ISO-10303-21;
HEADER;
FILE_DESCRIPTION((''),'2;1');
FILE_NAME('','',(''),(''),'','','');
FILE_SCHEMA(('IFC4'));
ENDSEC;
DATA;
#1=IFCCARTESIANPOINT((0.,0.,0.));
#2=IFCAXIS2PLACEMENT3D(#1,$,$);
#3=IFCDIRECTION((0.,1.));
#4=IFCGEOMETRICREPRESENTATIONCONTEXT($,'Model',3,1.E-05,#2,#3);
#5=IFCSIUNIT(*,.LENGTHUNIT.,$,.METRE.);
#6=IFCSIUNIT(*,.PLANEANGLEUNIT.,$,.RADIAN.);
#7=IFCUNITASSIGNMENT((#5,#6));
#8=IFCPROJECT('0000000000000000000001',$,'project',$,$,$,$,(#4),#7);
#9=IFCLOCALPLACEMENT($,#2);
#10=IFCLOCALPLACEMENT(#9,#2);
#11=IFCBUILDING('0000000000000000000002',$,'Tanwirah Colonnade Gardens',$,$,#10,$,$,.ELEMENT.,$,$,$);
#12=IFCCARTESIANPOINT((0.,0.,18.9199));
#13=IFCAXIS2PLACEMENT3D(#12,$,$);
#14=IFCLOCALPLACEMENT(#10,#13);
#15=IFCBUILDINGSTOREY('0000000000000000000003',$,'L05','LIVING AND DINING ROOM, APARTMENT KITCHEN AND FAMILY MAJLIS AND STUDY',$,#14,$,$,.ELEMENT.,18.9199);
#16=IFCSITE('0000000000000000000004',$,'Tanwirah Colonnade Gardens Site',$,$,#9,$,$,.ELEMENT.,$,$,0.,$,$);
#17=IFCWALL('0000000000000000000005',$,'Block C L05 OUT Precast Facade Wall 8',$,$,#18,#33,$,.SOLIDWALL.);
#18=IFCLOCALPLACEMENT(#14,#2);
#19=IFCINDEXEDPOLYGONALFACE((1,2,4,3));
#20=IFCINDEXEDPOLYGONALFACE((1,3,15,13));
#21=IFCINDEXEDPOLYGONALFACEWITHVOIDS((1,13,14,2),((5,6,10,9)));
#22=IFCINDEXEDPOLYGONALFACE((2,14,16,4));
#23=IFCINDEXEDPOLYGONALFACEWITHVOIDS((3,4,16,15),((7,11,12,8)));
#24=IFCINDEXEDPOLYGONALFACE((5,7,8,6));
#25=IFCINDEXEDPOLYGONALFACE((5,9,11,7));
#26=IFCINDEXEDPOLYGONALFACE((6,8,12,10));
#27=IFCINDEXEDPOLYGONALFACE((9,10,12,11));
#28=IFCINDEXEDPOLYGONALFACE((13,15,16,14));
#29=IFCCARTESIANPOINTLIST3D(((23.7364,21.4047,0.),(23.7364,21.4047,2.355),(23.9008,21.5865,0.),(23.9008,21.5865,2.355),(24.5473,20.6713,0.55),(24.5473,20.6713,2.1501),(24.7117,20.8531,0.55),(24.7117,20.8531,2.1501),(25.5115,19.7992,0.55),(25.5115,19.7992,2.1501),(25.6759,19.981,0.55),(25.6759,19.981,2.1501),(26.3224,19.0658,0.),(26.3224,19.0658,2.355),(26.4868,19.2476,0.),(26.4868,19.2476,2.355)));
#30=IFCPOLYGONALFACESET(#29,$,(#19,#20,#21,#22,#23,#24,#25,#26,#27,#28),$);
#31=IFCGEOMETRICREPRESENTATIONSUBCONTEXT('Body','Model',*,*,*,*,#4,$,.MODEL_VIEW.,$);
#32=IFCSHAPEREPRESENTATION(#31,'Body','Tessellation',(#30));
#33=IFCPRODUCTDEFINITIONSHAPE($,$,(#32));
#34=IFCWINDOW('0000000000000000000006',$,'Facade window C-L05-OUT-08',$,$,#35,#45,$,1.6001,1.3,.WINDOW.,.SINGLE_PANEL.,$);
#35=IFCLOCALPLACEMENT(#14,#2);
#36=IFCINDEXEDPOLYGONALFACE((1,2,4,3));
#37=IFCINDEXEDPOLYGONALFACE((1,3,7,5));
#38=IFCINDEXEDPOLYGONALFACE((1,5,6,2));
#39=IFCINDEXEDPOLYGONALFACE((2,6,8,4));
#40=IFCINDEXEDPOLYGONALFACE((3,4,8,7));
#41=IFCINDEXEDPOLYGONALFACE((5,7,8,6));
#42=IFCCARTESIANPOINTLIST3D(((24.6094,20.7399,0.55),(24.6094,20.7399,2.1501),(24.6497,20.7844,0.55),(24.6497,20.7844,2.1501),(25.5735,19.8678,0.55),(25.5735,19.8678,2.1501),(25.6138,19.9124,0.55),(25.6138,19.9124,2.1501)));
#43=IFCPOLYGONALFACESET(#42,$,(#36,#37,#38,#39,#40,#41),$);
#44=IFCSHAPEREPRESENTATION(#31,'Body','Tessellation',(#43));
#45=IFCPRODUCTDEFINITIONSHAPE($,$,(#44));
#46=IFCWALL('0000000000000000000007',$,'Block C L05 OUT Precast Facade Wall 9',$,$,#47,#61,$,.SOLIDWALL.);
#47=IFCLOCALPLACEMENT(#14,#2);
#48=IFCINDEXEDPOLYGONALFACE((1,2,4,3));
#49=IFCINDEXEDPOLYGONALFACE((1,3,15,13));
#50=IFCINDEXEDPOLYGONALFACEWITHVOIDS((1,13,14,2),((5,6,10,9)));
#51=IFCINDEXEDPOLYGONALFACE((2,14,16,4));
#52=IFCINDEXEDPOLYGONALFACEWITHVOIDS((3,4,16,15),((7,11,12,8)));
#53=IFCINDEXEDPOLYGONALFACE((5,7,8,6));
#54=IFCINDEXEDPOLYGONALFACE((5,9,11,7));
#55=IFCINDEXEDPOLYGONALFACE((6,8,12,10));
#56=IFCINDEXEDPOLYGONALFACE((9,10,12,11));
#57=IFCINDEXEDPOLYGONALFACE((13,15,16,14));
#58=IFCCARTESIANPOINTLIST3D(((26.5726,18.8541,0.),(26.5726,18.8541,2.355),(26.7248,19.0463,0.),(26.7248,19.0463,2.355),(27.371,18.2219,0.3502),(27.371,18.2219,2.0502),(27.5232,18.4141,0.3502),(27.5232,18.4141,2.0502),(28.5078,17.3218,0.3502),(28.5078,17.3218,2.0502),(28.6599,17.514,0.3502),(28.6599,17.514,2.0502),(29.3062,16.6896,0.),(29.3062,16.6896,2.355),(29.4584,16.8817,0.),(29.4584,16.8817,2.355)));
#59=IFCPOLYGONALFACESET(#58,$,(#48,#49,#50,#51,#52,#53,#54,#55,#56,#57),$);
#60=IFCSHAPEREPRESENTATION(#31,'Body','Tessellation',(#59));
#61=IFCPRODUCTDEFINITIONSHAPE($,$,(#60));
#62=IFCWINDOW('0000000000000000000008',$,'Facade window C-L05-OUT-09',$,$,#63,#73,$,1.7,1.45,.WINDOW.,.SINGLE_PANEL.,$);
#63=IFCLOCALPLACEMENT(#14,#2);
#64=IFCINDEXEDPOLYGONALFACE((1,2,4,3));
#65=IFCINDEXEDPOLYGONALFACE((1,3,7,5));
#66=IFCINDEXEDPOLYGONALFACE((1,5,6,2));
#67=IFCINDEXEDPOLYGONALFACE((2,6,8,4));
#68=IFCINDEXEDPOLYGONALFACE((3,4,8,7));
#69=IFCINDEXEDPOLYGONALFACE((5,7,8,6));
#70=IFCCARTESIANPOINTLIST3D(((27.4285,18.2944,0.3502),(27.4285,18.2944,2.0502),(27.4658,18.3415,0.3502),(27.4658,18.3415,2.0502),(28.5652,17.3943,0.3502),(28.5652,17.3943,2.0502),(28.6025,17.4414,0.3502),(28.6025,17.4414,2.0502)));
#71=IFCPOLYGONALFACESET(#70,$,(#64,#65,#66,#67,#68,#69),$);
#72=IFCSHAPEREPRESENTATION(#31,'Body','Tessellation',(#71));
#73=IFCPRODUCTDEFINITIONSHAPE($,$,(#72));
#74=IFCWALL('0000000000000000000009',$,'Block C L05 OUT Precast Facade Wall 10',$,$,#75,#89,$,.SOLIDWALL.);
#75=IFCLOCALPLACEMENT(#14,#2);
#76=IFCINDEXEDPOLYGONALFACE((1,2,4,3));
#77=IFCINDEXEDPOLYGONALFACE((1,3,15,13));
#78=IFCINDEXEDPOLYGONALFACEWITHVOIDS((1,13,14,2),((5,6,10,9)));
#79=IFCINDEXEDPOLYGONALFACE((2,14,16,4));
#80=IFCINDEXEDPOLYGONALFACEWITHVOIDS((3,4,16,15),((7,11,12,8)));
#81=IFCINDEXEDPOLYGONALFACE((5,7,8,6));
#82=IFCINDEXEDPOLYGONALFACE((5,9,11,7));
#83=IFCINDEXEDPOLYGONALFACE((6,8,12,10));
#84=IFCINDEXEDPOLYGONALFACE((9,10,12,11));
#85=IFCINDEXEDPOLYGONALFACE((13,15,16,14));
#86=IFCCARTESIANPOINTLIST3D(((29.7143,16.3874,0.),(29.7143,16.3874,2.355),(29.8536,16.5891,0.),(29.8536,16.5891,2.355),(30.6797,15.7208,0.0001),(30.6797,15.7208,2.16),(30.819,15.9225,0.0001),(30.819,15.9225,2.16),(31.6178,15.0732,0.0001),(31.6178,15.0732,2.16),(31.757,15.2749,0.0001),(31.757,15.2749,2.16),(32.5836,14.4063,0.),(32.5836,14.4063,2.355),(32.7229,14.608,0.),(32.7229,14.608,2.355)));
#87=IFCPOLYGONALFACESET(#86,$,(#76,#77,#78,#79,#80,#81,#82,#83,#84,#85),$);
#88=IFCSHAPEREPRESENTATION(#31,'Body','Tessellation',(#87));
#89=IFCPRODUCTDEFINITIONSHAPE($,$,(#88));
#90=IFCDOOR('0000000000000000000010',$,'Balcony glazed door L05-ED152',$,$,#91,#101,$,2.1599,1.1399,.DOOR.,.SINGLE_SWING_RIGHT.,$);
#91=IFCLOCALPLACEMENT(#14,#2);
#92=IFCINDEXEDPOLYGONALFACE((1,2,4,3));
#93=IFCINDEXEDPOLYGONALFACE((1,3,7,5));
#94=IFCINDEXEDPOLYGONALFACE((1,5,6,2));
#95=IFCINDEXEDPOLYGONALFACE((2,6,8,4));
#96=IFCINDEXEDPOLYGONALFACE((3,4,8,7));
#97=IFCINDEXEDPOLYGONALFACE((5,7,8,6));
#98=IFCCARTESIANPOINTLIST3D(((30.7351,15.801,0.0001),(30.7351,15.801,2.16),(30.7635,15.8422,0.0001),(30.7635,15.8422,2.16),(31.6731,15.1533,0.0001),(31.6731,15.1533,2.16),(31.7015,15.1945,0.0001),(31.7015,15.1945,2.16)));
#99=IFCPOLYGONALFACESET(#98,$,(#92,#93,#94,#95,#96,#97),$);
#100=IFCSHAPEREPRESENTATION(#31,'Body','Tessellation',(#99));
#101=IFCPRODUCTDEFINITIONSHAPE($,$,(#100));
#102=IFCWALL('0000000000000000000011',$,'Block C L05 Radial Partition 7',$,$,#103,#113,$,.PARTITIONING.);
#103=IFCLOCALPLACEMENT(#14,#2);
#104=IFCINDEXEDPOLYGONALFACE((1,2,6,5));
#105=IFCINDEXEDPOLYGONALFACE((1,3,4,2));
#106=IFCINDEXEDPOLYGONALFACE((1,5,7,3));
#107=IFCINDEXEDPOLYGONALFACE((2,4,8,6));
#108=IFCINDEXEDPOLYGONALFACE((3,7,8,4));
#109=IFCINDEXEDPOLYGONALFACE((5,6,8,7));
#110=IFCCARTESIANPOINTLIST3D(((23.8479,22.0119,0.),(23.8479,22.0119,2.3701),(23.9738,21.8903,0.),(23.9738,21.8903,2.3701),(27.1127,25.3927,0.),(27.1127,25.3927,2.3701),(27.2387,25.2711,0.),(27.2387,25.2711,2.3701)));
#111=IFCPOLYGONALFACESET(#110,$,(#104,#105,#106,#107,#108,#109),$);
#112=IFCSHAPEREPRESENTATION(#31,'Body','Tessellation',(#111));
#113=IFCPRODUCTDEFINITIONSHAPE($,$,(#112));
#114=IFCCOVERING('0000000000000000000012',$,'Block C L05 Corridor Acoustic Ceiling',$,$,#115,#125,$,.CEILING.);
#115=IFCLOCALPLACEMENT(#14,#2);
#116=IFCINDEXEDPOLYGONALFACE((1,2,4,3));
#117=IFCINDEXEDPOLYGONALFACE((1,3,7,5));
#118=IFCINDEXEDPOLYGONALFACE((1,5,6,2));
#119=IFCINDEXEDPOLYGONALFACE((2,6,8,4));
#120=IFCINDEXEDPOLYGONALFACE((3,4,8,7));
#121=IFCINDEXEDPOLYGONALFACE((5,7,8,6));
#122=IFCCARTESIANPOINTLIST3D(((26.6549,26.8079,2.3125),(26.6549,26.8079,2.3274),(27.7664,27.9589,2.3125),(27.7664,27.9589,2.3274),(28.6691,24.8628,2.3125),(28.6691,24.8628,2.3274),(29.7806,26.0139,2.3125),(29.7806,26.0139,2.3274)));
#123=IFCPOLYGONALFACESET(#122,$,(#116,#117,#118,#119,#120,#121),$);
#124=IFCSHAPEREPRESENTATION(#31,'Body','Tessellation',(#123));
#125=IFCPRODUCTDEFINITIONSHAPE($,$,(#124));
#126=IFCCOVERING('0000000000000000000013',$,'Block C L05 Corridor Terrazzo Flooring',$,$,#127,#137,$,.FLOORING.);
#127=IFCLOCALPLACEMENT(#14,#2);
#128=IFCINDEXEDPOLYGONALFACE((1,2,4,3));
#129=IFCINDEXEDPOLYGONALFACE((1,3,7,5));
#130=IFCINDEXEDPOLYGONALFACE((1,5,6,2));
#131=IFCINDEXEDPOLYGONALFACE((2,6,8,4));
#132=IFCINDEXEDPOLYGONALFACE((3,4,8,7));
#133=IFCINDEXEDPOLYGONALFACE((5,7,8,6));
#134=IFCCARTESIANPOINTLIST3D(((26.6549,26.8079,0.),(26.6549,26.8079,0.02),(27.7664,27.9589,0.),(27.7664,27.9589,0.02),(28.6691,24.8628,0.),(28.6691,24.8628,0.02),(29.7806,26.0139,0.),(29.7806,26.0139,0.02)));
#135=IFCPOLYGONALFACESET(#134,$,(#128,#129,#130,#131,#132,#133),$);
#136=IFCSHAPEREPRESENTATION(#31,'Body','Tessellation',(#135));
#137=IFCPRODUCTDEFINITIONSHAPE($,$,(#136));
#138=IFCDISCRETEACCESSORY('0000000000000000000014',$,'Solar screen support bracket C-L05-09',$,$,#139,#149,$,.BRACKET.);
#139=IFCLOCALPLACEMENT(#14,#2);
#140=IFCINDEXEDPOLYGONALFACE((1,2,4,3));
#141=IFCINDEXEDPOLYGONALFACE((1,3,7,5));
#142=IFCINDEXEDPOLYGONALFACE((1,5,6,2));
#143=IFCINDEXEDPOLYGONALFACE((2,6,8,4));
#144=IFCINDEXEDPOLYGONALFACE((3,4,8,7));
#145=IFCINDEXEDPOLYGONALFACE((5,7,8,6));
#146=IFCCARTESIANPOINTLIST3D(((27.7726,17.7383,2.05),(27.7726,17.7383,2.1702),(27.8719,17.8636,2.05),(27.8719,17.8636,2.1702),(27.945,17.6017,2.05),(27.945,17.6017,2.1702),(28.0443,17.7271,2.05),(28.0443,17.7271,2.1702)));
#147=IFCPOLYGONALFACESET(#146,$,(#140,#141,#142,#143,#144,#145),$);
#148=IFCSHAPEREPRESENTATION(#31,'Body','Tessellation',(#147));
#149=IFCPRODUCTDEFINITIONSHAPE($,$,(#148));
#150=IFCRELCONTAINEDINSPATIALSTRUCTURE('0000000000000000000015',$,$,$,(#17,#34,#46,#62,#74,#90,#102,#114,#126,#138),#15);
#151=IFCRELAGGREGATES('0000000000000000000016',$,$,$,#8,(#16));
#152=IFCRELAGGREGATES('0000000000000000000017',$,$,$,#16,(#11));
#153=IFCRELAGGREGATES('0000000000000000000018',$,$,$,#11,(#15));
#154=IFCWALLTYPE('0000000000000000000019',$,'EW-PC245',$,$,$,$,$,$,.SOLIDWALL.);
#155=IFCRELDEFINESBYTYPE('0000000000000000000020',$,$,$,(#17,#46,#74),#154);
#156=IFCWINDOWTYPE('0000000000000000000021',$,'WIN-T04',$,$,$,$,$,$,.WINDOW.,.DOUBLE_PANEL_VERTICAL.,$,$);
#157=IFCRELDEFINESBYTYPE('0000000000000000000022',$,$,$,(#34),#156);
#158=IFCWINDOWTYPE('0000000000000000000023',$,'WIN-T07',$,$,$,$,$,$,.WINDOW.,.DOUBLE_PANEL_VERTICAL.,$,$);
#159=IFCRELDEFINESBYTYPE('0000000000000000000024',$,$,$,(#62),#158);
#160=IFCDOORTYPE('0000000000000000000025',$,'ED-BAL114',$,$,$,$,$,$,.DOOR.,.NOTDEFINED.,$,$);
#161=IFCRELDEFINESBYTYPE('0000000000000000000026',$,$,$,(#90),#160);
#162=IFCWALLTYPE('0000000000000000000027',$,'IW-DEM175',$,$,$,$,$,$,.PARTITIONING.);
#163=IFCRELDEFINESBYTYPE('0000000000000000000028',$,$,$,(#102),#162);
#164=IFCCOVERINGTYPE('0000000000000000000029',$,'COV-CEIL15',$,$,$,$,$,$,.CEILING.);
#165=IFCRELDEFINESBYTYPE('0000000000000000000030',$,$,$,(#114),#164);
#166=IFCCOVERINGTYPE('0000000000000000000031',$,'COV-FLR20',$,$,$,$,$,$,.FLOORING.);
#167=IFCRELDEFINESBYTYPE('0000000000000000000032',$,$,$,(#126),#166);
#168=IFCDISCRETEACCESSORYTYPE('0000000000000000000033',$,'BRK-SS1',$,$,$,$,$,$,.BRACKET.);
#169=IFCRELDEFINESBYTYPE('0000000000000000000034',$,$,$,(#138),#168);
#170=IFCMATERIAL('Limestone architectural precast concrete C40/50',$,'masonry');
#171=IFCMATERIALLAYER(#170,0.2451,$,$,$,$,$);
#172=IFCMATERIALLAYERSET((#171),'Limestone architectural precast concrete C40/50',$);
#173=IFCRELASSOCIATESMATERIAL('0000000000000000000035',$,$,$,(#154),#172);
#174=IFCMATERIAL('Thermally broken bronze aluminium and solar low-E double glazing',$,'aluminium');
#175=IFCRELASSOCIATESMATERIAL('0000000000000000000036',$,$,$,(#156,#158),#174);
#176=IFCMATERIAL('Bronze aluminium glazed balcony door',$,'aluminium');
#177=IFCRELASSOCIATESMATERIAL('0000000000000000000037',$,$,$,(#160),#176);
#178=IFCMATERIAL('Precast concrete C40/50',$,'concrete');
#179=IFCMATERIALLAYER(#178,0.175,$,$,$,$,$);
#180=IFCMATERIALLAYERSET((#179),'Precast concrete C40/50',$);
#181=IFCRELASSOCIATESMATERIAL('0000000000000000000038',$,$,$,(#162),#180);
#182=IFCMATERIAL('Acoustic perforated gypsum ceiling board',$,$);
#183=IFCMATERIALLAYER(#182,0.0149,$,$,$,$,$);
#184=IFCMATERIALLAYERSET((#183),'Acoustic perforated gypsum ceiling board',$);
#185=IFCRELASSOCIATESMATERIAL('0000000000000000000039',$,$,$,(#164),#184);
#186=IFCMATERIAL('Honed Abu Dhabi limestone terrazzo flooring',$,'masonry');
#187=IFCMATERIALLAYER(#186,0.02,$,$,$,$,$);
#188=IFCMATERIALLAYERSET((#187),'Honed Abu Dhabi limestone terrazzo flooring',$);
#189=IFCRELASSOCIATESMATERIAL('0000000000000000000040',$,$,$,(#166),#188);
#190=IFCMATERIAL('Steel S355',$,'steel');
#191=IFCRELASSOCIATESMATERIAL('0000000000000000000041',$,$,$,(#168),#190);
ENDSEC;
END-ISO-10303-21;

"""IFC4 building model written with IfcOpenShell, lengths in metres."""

from ifc_helpers import new_model, si_unit, direction, frame, frame_2d, origin, origin_2d, place, context, subcontext, project, spatial, rectangle, extrude, material, layer, layer_set, type_object, element, fill, save


model = new_model("IFC4")

# Units and contexts
model_context = context("Model", 3, precision=1e-05, world=origin(), true_north=direction((0.0, 1.0)))
body_context = subcontext(model_context, "Body", "Model", "MODEL_VIEW")
ifc_project = project(units=[si_unit("LENGTHUNIT", "METRE"), si_unit("PLANEANGLEUNIT", "RADIAN")], contexts=[model_context])

# Site, building, storey
site_placement = place(None, origin())
site = spatial("IfcSite", under=ifc_project, at=site_placement, Name="Tanwirah Colonnade Gardens Site", CompositionType="ELEMENT", RefElevation=0.0)
building_placement = place(site_placement, origin())
building = spatial("IfcBuilding", under=site, at=building_placement, Name="Tanwirah Colonnade Gardens", CompositionType="ELEMENT")
storey_placement = place(building_placement, frame((0.0, 0.0, 18.9199)))
storey = spatial("IfcBuildingStorey", under=building, at=storey_placement, Name="L05", Description="LIVING AND DINING ROOM, APARTMENT KITCHEN AND FAMILY MAJLIS AND STUDY", CompositionType="ELEMENT", Elevation=18.9199)

# Shared definitions
ifc_material_1 = material(Name="Precast concrete C40/50", Category="concrete")

# Walls, openings, windows
ifc_material_2 = material(Name="Limestone architectural precast concrete C40/50", Category="masonry")
ifc_layer_1 = layer(ifc_material_2, 0.2451)
ifc_layer_set_1 = layer_set([ifc_layer_1], Name="Limestone architectural precast concrete C40/50")
wall_type_1 = type_object("IfcWallType", Name="EW-PC245", PredefinedType="SOLIDWALL", material=ifc_layer_set_1)
wall_1_placement = place(storey_placement, frame((23.8186, 21.4956, 0.0), z_axis=(0.0, 0.0, 1.0), x_axis=(0.741649, -0.670789, 0.0)))
wall_1 = element("IfcWall", 1, at=wall_1_placement, inside=storey, type_object=wall_type_1, Name="Block C L05 OUT Precast Facade Wall 8", PredefinedType="SOLIDWALL", context=body_context, shape_type="SweptSolid", body=[
    extrude(rectangle(XDim=3.4868, YDim=0.2451, at=frame_2d((1.7434, 0.0))), origin(), (0.0, 0.0, 1.0), 2.355),
])
opening_1_placement = place(wall_1_placement, frame((1.0935, 0.0, 0.55)))
opening_1 = element("IfcOpeningElement", 2, at=opening_1_placement, cuts=wall_1, PredefinedType="OPENING", context=body_context, shape_type="SweptSolid", body=[
    extrude(rectangle(XDim=1.3, YDim=1.6001, at=frame_2d((0.6499, 0.8))), frame((0.0, 0.1326, 0.0), z_axis=(0.0, -1.0, 0.0), x_axis=(1.0, 0.0, 0.0)), (0.0, 0.0, 1.0), 0.2651),
])
ifc_material_3 = material(Name="Thermally broken bronze aluminium and solar low-E double glazing", Category="aluminium")
window_type_1 = type_object("IfcWindowType", Name="WIN-T04", PartitioningType="DOUBLE_PANEL_VERTICAL", PredefinedType="WINDOW", material=ifc_material_3)
window_1_placement = place(opening_1_placement, origin())
window_1 = element("IfcWindow", 3, at=window_1_placement, inside=storey, type_object=window_type_1, Name="Facade window C-L05-OUT-08", OverallHeight=1.6001, OverallWidth=1.3, PartitioningType="SINGLE_PANEL", PredefinedType="WINDOW", context=body_context, shape_type="SweptSolid", body=[
    extrude(rectangle(XDim=1.3, YDim=1.6001, at=frame_2d((0.6499, 0.8))), frame((0.0, 0.03, 0.0), z_axis=(0.0, -1.0, 0.0), x_axis=(1.0, 0.0, 0.0)), (0.0, 0.0, 1.0), 0.0601),
])
fill(opening_1, window_1)
wall_2_placement = place(storey_placement, frame((26.6487, 18.9502, 0.0), z_axis=(0.0, 0.0, 1.0), x_axis=(0.783988, -0.620776, 0.0)))
wall_2 = element("IfcWall", 4, at=wall_2_placement, inside=storey, type_object=wall_type_1, Name="Block C L05 OUT Precast Facade Wall 9", PredefinedType="SOLIDWALL", context=body_context, shape_type="SweptSolid", body=[
    extrude(rectangle(XDim=3.4868, YDim=0.2451, at=frame_2d((1.7434, 0.0))), origin(), (0.0, 0.0, 1.0), 2.355),
])
opening_2_placement = place(wall_2_placement, frame((1.0183, 0.0, 0.3501)))
opening_2 = element("IfcOpeningElement", 5, at=opening_2_placement, cuts=wall_2, PredefinedType="OPENING", context=body_context, shape_type="SweptSolid", body=[
    extrude(rectangle(XDim=1.45, YDim=1.7, at=frame_2d((0.7251, 0.8501))), frame((0.0, 0.1326, 0.0), z_axis=(0.0, -1.0, 0.0), x_axis=(1.0, 0.0, 0.0)), (0.0, 0.0, 1.0), 0.2651),
])
window_type_2 = type_object("IfcWindowType", Name="WIN-T07", PartitioningType="DOUBLE_PANEL_VERTICAL", PredefinedType="WINDOW", material=ifc_material_3)
window_2_placement = place(opening_2_placement, origin())
window_2 = element("IfcWindow", 6, at=window_2_placement, inside=storey, type_object=window_type_2, Name="Facade window C-L05-OUT-09", OverallHeight=1.7, OverallWidth=1.45, PartitioningType="SINGLE_PANEL", PredefinedType="WINDOW", context=body_context, shape_type="SweptSolid", body=[
    extrude(rectangle(XDim=1.45, YDim=1.7, at=frame_2d((0.7251, 0.8501))), frame((0.0, 0.03, 0.0), z_axis=(0.0, -1.0, 0.0), x_axis=(1.0, 0.0, 0.0)), (0.0, 0.0, 1.0), 0.0601),
])
fill(opening_2, window_2)

# Wall, opening, door
wall_3_placement = place(storey_placement, frame((29.7839, 16.4883, 0.0), z_axis=(0.0, 0.0, 1.0), x_axis=(0.822902, -0.568183, 0.0)))
wall_3 = element("IfcWall", 7, at=wall_3_placement, inside=storey, type_object=wall_type_1, Name="Block C L05 OUT Precast Facade Wall 10", PredefinedType="SOLIDWALL", context=body_context, shape_type="SweptSolid", body=[
    extrude(rectangle(XDim=3.4868, YDim=0.2451, at=frame_2d((1.7434, 0.0))), origin(), (0.0, 0.0, 1.0), 2.355),
])
opening_3_placement = place(wall_3_placement, frame((1.1733, 0.0, 0.0)))
opening_3 = element("IfcOpeningElement", 8, at=opening_3_placement, cuts=wall_3, PredefinedType="OPENING", context=body_context, shape_type="SweptSolid", body=[
    extrude(rectangle(XDim=1.1399, YDim=2.1599, at=frame_2d((0.5698, 1.0801))), frame((0.0, 0.1326, 0.0), z_axis=(0.0, -1.0, 0.0), x_axis=(1.0, 0.0, 0.0)), (0.0, 0.0, 1.0), 0.2651),
])
ifc_material_4 = material(Name="Bronze aluminium glazed balcony door", Category="aluminium")
door_type_1 = type_object("IfcDoorType", Name="ED-BAL114", OperationType="NOTDEFINED", PredefinedType="DOOR", material=ifc_material_4)
door_1_placement = place(opening_3_placement, origin())
door_1 = element("IfcDoor", 9, at=door_1_placement, inside=storey, type_object=door_type_1, Name="Balcony glazed door L05-ED152", OperationType="SINGLE_SWING_RIGHT", OverallHeight=2.1599, OverallWidth=1.1399, PredefinedType="DOOR", context=body_context, shape_type="SweptSolid", body=[
    extrude(rectangle(XDim=1.1399, YDim=2.1599, at=frame_2d((0.5698, 1.0801))), frame((0.0, 0.0249, 0.0), z_axis=(0.0, -1.0, 0.0), x_axis=(1.0, 0.0, 0.0)), (0.0, 0.0, 1.0), 0.05),
])
fill(opening_3, door_1)

# Wall
ifc_layer_2 = layer(ifc_material_1, 0.175)
ifc_layer_set_2 = layer_set([ifc_layer_2], Name="Precast concrete C40/50")
wall_type_2 = type_object("IfcWallType", Name="IW-DEM175", PredefinedType="PARTITIONING", material=ifc_layer_set_2)
wall_4_placement = place(storey_placement, frame((27.1758, 25.332, 0.0), z_axis=(0.0, 0.0, 1.0), x_axis=(-0.694662, -0.719336, 0.0)))
element("IfcWall", 10, at=wall_4_placement, inside=storey, type_object=wall_type_2, Name="Block C L05 Radial Partition 7", PredefinedType="PARTITIONING", context=body_context, shape_type="SweptSolid", body=[
    extrude(rectangle(XDim=4.7, YDim=0.175, at=frame_2d((2.3501, 0.0))), origin(), (0.0, 0.0, 1.0), 2.3701),
])

# Coverings
ifc_material_5 = material(Name="Acoustic perforated gypsum ceiling board")
ifc_layer_3 = layer(ifc_material_5, 0.0149)
ifc_layer_set_3 = layer_set([ifc_layer_3], Name="Acoustic perforated gypsum ceiling board")
covering_type_1 = type_object("IfcCoveringType", Name="COV-CEIL15", PredefinedType="CEILING", material=ifc_layer_set_3)
covering_1_placement = place(storey_placement, frame((28.2178, 26.4109, 2.3125), z_axis=(0.0, 0.0, 1.0), x_axis=(0.71934, -0.694658, 0.0)))
element("IfcCovering", 11, at=covering_1_placement, inside=storey, type_object=covering_type_1, Name="Block C L05 Corridor Acoustic Ceiling", PredefinedType="CEILING", context=body_context, shape_type="SweptSolid", body=[
    extrude(rectangle(XDim=2.8, YDim=1.6001, at=origin_2d()), origin(), (0.0, 0.0, 1.0), 0.0149),
])
ifc_material_6 = material(Name="Honed Abu Dhabi limestone terrazzo flooring", Category="masonry")
ifc_layer_4 = layer(ifc_material_6, 0.02)
ifc_layer_set_4 = layer_set([ifc_layer_4], Name="Honed Abu Dhabi limestone terrazzo flooring")
covering_type_2 = type_object("IfcCoveringType", Name="COV-FLR20", PredefinedType="FLOORING", material=ifc_layer_set_4)
covering_2_placement = place(storey_placement, frame((28.2178, 26.4109, 0.0), z_axis=(0.0, 0.0, 1.0), x_axis=(0.71934, -0.694658, 0.0)))
element("IfcCovering", 12, at=covering_2_placement, inside=storey, type_object=covering_type_2, Name="Block C L05 Corridor Terrazzo Flooring", PredefinedType="FLOORING", context=body_context, shape_type="SweptSolid", body=[
    extrude(rectangle(XDim=2.8, YDim=1.6001, at=origin_2d()), origin(), (0.0, 0.0, 1.0), 0.02),
])

# Discrete accessory
ifc_material_7 = material(Name="Steel S355", Category="steel")
discrete_accessory_type = type_object("IfcDiscreteAccessoryType", Name="BRK-SS1", PredefinedType="BRACKET", material=ifc_material_7)
discrete_accessory_placement = place(storey_placement, frame((27.9084, 17.7327, 2.05), z_axis=(0.0, 0.0, 1.0), x_axis=(0.783965, -0.620805, 0.0)))
element("IfcDiscreteAccessory", 13, at=discrete_accessory_placement, inside=storey, type_object=discrete_accessory_type, Name="Solar screen support bracket C-L05-09", PredefinedType="BRACKET", context=body_context, shape_type="SweptSolid", body=[
    extrude(rectangle(XDim=0.22, YDim=0.1599, at=origin_2d()), origin(), (0.0, 0.0, 1.0), 0.1201),
])

save(model, "model.ifc")
